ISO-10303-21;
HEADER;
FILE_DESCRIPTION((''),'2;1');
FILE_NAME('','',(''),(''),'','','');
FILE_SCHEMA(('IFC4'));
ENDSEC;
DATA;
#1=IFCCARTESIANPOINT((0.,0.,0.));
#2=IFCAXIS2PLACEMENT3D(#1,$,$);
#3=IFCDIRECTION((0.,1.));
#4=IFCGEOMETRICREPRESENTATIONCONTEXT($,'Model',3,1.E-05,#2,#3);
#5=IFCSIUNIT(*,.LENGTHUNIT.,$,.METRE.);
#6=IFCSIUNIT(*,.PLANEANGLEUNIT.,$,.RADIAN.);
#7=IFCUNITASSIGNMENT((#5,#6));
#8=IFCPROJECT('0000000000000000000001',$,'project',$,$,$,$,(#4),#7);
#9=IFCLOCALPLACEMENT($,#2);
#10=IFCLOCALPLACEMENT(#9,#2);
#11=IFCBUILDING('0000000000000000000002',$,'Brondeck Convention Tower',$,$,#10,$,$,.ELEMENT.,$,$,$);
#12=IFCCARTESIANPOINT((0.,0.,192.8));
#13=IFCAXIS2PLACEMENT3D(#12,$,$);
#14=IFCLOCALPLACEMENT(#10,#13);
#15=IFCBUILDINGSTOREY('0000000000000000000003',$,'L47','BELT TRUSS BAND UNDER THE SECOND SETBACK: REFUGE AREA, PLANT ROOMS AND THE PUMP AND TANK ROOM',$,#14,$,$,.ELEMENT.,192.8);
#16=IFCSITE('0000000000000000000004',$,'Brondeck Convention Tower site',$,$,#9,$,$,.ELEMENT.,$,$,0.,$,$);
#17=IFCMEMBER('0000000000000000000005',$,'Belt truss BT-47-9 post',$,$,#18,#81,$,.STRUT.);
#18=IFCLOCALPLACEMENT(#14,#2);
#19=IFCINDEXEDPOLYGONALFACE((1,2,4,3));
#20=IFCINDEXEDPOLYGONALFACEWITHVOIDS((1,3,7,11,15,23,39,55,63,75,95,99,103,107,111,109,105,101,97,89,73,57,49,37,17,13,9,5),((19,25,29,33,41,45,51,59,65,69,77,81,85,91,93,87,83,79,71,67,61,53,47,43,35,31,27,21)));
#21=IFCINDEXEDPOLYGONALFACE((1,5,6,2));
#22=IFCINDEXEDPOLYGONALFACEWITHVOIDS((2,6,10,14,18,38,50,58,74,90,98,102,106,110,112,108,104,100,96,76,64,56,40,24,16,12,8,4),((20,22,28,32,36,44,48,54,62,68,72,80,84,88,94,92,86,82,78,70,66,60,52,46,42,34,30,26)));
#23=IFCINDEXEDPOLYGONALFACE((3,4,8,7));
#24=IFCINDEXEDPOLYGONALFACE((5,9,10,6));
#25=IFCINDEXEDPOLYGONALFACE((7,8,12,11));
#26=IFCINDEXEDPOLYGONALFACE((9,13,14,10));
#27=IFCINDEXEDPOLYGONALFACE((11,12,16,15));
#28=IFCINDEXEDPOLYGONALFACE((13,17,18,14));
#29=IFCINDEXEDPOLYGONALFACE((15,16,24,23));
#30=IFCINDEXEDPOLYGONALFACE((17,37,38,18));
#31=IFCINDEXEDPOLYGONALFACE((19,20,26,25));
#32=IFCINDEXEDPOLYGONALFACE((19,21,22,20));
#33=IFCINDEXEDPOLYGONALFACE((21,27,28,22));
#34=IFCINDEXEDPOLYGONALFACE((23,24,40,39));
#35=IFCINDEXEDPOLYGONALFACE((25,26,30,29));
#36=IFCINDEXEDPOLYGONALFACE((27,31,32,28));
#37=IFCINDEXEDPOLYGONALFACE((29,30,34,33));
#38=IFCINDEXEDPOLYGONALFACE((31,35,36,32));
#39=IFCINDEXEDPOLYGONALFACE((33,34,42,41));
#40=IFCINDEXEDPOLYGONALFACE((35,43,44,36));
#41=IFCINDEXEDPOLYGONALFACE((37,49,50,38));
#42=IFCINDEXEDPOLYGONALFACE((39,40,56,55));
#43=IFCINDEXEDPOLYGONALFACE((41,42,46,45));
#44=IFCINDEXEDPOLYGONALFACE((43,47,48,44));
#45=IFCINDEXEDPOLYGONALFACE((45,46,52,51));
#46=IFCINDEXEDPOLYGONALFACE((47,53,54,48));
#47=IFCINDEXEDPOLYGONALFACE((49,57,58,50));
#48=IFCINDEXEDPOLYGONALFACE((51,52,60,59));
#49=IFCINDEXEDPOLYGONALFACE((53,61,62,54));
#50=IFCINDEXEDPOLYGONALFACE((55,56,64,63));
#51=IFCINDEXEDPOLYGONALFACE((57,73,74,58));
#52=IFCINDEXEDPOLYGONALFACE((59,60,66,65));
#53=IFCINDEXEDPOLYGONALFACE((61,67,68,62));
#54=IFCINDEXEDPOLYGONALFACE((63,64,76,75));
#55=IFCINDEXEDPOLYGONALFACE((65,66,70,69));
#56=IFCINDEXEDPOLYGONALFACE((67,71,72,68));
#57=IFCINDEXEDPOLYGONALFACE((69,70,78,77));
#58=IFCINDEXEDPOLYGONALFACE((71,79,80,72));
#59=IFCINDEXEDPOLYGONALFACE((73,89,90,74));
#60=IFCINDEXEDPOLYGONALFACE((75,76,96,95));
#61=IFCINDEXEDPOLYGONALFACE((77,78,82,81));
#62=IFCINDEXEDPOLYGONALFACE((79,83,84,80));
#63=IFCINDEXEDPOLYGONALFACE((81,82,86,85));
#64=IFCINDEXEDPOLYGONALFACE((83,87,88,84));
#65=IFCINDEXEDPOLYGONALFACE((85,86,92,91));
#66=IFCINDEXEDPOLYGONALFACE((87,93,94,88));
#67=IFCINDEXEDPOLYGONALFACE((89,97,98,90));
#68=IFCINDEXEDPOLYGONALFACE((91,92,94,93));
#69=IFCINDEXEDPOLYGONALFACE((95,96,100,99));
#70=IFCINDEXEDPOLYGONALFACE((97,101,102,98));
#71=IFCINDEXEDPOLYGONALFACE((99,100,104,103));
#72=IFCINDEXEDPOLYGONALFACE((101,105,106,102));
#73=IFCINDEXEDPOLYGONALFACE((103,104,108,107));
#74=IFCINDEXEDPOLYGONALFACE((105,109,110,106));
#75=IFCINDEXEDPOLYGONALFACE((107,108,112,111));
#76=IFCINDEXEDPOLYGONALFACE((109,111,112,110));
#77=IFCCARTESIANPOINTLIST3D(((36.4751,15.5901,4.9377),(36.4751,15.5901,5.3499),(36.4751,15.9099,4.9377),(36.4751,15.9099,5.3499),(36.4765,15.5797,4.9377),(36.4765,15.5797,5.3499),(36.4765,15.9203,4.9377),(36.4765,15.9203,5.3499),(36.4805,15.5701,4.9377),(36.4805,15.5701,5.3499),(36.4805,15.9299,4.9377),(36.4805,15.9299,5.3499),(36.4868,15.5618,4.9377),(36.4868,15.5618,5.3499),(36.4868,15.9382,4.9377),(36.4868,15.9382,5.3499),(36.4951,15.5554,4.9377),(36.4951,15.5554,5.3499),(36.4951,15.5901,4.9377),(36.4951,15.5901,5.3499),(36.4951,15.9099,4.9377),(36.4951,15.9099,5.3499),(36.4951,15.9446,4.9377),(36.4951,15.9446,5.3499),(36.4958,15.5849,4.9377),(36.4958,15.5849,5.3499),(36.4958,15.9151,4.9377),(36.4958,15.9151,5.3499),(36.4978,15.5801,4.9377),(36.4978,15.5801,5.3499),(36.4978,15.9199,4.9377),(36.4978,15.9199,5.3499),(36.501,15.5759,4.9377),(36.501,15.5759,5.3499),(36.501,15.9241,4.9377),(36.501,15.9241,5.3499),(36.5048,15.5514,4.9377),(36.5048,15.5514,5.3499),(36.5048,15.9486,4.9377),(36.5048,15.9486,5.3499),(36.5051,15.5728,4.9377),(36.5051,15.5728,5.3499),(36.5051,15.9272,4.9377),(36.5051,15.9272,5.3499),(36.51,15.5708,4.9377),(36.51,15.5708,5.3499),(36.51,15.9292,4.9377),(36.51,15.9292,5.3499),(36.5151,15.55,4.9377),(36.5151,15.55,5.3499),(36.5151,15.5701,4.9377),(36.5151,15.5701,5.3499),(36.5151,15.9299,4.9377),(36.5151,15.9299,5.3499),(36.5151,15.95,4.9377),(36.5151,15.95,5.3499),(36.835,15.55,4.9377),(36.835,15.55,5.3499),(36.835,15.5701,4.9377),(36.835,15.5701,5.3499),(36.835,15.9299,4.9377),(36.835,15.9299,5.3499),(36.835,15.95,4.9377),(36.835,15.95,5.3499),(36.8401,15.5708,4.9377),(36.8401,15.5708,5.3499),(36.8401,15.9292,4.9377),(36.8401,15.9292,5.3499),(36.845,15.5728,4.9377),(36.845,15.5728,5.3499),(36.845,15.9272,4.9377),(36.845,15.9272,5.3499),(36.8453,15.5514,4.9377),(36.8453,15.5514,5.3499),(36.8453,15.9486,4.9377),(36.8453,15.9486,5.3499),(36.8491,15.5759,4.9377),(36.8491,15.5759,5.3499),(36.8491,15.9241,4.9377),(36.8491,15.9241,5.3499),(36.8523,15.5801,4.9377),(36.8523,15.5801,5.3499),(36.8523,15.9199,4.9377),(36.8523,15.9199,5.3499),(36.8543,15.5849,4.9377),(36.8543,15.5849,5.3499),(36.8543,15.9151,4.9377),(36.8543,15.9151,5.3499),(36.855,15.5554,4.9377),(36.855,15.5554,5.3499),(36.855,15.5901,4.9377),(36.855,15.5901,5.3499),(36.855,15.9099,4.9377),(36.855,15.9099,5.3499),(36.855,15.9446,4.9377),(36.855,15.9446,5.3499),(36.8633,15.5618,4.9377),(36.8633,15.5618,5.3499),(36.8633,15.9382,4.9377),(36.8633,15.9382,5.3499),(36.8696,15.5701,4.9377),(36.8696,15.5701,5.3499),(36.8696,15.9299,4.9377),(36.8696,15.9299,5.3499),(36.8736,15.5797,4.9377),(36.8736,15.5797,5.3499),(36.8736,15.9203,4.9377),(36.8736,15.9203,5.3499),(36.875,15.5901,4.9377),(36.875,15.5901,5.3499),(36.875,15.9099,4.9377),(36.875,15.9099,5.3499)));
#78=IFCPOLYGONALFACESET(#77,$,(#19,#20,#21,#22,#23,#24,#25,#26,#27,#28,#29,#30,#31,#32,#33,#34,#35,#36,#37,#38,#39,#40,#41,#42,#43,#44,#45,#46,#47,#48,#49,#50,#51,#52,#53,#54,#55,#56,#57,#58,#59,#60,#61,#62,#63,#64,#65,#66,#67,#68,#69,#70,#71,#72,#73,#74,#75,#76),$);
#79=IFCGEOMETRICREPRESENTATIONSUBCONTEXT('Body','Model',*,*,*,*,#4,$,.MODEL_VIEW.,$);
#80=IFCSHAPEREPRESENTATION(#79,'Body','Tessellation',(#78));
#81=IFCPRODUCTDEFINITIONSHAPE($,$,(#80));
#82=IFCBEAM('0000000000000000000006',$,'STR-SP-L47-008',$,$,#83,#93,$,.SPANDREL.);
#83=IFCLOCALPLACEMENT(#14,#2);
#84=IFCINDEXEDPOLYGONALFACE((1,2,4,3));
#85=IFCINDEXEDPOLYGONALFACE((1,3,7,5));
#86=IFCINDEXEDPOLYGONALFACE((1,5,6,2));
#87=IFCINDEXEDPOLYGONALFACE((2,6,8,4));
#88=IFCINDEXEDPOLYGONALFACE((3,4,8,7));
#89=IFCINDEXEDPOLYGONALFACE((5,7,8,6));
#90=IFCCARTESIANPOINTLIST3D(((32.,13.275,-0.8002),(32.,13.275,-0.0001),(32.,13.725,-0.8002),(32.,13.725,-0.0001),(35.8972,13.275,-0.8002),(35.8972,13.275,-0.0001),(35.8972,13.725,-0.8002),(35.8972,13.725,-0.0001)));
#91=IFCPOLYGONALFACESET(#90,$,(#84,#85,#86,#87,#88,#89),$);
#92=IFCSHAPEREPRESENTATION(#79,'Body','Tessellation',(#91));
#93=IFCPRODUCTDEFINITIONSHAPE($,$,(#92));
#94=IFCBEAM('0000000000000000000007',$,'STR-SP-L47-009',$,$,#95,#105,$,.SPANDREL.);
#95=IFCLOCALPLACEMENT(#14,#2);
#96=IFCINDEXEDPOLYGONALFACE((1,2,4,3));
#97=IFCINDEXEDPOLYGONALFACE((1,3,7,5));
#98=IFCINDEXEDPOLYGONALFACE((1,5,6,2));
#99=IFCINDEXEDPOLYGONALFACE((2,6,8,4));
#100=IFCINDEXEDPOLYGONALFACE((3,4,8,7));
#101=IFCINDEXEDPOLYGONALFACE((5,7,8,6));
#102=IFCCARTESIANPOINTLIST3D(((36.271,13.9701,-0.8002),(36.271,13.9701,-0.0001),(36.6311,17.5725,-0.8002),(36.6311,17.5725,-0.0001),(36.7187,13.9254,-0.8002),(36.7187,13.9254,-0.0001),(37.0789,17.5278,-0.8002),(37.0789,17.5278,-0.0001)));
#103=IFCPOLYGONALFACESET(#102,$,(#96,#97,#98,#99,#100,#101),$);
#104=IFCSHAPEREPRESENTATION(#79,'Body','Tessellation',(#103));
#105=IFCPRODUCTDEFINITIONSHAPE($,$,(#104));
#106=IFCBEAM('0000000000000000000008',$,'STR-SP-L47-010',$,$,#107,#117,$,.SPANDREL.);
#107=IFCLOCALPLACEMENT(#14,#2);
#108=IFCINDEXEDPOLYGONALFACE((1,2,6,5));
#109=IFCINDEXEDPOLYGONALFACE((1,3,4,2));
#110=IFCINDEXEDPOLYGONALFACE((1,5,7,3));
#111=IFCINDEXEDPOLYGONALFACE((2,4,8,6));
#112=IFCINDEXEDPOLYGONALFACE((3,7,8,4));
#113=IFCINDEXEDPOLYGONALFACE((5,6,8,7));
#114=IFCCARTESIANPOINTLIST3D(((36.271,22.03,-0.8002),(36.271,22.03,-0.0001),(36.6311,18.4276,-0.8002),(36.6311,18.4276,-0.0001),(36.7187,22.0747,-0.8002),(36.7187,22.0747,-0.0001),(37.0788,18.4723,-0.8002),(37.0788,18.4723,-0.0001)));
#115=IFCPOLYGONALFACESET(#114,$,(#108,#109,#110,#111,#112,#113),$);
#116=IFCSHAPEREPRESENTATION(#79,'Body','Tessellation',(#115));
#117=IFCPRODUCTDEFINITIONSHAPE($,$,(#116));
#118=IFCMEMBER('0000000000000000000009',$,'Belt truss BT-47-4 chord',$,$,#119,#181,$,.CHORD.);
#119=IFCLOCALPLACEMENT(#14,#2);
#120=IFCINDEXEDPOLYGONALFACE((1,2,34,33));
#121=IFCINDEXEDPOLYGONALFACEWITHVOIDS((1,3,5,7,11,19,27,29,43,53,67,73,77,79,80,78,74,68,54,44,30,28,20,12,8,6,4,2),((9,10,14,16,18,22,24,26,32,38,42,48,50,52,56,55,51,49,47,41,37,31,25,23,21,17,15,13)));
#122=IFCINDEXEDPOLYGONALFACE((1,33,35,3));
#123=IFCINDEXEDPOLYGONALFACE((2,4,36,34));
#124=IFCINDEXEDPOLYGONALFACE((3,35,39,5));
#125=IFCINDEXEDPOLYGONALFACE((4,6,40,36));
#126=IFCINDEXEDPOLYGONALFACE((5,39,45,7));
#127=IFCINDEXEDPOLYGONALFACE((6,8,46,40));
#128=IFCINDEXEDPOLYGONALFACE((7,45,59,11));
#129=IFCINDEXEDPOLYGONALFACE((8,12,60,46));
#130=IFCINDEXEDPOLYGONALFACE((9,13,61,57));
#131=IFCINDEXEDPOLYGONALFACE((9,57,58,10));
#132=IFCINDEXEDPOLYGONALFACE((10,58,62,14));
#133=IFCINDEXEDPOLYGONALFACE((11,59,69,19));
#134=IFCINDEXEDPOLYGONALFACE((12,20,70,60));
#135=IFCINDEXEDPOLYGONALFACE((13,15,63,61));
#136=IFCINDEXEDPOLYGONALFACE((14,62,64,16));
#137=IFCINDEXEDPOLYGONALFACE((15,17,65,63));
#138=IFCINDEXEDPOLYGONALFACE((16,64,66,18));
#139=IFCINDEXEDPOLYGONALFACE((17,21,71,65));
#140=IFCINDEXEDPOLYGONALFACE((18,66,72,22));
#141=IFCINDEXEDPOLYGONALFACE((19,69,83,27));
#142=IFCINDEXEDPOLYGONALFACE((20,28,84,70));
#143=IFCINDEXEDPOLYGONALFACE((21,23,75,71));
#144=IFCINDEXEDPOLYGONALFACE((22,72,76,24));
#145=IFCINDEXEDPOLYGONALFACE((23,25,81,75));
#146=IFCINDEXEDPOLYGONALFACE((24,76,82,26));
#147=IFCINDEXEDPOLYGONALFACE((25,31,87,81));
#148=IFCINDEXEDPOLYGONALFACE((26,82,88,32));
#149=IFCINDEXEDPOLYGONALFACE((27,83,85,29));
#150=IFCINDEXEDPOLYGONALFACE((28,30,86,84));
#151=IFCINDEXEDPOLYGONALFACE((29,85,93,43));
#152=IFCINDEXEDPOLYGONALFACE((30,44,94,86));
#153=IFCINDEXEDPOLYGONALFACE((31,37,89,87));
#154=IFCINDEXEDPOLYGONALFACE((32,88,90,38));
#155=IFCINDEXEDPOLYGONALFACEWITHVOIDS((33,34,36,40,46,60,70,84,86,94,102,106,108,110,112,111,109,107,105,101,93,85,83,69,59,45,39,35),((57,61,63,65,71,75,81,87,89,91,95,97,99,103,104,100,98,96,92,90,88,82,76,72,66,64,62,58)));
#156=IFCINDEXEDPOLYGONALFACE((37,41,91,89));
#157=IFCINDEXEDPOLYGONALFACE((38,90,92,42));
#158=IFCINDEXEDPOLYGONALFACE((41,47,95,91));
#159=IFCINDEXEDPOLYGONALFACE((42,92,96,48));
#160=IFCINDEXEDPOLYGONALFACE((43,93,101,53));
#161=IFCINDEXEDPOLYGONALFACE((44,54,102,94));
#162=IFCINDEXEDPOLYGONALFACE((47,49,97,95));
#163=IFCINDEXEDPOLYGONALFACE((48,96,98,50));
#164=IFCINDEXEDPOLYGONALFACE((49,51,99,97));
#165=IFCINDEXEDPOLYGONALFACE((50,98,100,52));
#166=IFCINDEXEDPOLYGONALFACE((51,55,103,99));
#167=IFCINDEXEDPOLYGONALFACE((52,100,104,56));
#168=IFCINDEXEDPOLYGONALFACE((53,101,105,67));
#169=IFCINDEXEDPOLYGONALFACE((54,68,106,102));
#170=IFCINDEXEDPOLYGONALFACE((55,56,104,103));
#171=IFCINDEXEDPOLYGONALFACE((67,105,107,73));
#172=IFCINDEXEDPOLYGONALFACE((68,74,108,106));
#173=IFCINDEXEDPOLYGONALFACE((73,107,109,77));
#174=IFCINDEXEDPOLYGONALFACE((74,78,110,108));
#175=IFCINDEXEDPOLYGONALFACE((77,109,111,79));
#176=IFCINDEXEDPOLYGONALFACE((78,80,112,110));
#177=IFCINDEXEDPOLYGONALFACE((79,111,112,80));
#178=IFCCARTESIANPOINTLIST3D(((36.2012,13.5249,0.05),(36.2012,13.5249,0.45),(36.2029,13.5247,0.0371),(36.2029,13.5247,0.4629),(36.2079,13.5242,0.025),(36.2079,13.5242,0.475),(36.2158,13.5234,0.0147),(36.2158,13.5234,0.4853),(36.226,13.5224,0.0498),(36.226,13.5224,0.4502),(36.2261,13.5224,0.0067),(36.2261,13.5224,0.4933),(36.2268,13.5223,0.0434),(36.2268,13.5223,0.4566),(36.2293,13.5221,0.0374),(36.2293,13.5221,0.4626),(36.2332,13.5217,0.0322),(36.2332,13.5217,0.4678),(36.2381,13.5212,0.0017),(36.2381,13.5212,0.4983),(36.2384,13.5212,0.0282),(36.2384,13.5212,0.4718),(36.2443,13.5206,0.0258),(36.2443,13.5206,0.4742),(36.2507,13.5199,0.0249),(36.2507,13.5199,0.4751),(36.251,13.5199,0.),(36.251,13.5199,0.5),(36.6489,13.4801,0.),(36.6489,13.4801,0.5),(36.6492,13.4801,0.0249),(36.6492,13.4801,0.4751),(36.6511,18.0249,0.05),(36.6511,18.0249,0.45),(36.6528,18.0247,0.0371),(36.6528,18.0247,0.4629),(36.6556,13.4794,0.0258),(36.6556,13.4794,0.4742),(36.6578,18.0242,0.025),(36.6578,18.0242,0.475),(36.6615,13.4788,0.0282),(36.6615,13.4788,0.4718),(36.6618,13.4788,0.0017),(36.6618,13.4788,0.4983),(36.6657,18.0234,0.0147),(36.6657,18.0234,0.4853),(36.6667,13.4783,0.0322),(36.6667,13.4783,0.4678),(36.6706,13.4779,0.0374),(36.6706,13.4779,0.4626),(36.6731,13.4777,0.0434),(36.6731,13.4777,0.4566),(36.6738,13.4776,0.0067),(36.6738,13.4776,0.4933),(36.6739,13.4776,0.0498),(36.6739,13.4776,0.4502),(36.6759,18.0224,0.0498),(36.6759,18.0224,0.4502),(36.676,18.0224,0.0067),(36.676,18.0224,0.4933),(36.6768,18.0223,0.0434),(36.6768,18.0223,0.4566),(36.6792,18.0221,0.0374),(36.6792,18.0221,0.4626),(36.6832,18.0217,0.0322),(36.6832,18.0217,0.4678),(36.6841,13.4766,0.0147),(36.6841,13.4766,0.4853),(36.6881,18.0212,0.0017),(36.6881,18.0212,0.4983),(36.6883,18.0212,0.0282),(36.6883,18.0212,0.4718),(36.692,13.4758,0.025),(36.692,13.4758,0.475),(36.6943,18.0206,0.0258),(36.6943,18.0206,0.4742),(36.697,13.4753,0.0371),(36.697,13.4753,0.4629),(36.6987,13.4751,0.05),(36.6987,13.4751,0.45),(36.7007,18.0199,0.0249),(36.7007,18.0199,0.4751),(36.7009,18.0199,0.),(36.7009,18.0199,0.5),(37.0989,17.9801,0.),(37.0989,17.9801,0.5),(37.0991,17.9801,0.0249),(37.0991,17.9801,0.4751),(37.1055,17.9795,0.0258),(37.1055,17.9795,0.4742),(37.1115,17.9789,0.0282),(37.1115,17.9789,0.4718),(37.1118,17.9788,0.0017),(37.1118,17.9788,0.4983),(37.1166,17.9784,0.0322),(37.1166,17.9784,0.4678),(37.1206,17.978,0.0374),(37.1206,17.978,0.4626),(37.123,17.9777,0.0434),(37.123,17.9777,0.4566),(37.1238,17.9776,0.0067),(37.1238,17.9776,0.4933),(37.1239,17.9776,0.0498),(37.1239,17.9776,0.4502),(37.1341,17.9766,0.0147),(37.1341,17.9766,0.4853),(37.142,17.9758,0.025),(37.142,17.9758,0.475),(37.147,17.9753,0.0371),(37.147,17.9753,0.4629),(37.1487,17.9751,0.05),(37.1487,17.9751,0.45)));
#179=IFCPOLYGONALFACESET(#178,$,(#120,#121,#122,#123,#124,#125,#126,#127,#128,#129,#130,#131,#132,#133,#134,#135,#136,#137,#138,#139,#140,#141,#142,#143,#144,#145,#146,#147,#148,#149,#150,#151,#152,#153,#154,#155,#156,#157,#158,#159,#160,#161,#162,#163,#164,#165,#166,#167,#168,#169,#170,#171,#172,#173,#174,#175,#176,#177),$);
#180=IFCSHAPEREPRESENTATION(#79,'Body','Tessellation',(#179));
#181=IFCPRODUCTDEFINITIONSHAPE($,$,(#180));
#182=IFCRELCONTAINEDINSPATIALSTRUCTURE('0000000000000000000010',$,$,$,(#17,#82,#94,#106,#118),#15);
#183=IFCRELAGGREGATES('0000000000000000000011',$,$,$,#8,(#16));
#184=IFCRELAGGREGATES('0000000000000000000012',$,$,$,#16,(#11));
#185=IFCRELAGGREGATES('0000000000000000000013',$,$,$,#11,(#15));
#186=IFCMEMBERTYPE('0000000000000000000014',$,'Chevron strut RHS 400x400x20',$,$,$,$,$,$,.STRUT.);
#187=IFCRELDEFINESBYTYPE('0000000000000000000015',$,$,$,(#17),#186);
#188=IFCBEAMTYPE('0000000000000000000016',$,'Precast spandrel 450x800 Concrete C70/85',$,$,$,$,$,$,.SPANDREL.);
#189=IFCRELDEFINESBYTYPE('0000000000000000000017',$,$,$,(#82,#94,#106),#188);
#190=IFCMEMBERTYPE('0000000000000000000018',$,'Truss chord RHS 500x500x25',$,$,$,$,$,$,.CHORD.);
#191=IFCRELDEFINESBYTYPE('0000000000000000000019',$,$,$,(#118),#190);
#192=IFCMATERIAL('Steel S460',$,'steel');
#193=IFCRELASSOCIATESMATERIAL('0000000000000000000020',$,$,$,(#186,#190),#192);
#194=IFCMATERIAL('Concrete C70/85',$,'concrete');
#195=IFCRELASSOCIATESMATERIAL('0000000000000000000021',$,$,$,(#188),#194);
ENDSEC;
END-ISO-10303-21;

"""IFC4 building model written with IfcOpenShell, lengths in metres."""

from ifc_helpers import new_model, si_unit, direction, frame, origin, origin_2d, place, context, subcontext, project, spatial, rectangle, hollow_rectangle, extrude, material, material_profile, profile_set, type_object, element, save


model = new_model("IFC4")

# Units and contexts
model_context = context("Model", 3, precision=1e-05, world=origin(), true_north=direction((0.0, 1.0)))
body_context = subcontext(model_context, "Body", "Model", "MODEL_VIEW")
ifc_project = project(units=[si_unit("LENGTHUNIT", "METRE"), si_unit("PLANEANGLEUNIT", "RADIAN")], contexts=[model_context])

# Site, building, storey
site_placement = place(None, origin())
site = spatial("IfcSite", under=ifc_project, at=site_placement, Name="Brondeck Convention Tower site", CompositionType="ELEMENT", RefElevation=0.0)
building_placement = place(site_placement, origin())
building = spatial("IfcBuilding", under=site, at=building_placement, Name="Brondeck Convention Tower", CompositionType="ELEMENT")
storey_placement = place(building_placement, frame((0.0, 0.0, 192.8)))
storey = spatial("IfcBuildingStorey", under=building, at=storey_placement, Name="L47", Description="BELT TRUSS BAND UNDER THE SECOND SETBACK: REFUGE AREA, PLANT ROOMS AND THE PUMP AND TANK ROOM", CompositionType="ELEMENT", Elevation=192.8)

# Shared definitions
ifc_material_1 = material(Name="Concrete C70/85", Category="concrete")

# Member
ifc_material_2 = material(Name="Steel S460", Category="steel")
ifc_material_profile_1 = material_profile(ifc_material_2, hollow_rectangle(XDim=0.3999, YDim=0.3999, WallThickness=0.02, InnerFilletRadius=0.02, OuterFilletRadius=0.04, at=origin_2d()), Name="RHS 400x400x20")
ifc_profile_set_1 = profile_set([ifc_material_profile_1], Name="Steel S460")
member_type_1 = type_object("IfcMemberType", Name="Chevron strut RHS 400x400x20", PredefinedType="STRUT", material=ifc_profile_set_1)
member_1_placement = place(storey_placement, frame((36.675, 15.75, 4.9377), z_axis=(0.0, 0.0, 1.0), x_axis=(1.0, 0.0, 0.0)))
element("IfcMember", 1, at=member_1_placement, inside=storey, type_object=member_type_1, Name="Belt truss BT-47-9 post", PredefinedType="STRUT", context=body_context, shape_type="SweptSolid", body=[
    extrude(hollow_rectangle(XDim=0.3999, YDim=0.3999, WallThickness=0.02, InnerFilletRadius=0.02, OuterFilletRadius=0.04, at=origin_2d()), origin(), (0.0, 0.0, 1.0), 0.4121),
])

# Beams
ifc_material_profile_2 = material_profile(ifc_material_1, rectangle(XDim=0.45, YDim=0.8, at=origin_2d()), Name="Precast spandrel 450x800 Concrete C70/85")
ifc_profile_set_2 = profile_set([ifc_material_profile_2], Name="Concrete C70/85")
beam_type = type_object("IfcBeamType", Name="Precast spandrel 450x800 Concrete C70/85", PredefinedType="SPANDREL", material=ifc_profile_set_2)
beam_placement = place(storey_placement, frame((32.0, 13.5, -0.4001), z_axis=(1.0, 0.0, 0.0), x_axis=(0.0, 1.0, 0.0)))
element("IfcBeam", 2, at=beam_placement, inside=storey, type_object=beam_type, Name="STR-SP-L47-008", PredefinedType="SPANDREL", context=body_context, shape_type="SweptSolid", body=[
    extrude(rectangle(XDim=0.45, YDim=0.8, at=origin_2d()), origin(), (0.0, 0.0, 1.0), 3.8972),
])
for number, where, z_axis, x_axis, name in (
    (3, (36.4949, 13.9478, -0.4001), (0.09947, 0.995041, 0.0), (-0.995041, 0.09947, 0.0), "STR-SP-L47-009"),
    (4, (36.855, 18.45, -0.4001), (-0.09947, 0.995041, 0.0), (-0.995041, -0.09947, 0.0), "STR-SP-L47-010"),
):
    element("IfcBeam", number, at=place(storey_placement, frame(where, z_axis=z_axis, x_axis=x_axis)), inside=storey, type_object=beam_type, Name=name, PredefinedType="SPANDREL", context=body_context, shape_type="SweptSolid", body=[
        extrude(rectangle(XDim=0.45, YDim=0.8, at=origin_2d()), origin(), (0.0, 0.0, 1.0), 3.6204),
    ])

# Member
ifc_material_profile_3 = material_profile(ifc_material_2, hollow_rectangle(XDim=0.5, YDim=0.5, WallThickness=0.0249, InnerFilletRadius=0.0249, OuterFilletRadius=0.05, at=origin_2d()), Name="RHS 500x500x25")
ifc_profile_set_3 = profile_set([ifc_material_profile_3], Name="Steel S460")
member_type_2 = type_object("IfcMemberType", Name="Truss chord RHS 500x500x25", PredefinedType="CHORD", material=ifc_profile_set_3)
member_2_placement = place(storey_placement, frame((36.45, 13.5, 0.25), z_axis=(0.099493, 0.995038, 0.0), x_axis=(-0.995038, 0.099493, 0.0)))
element("IfcMember", 5, at=member_2_placement, inside=storey, type_object=member_type_2, Name="Belt truss BT-47-4 chord", PredefinedType="CHORD", context=body_context, shape_type="SweptSolid", body=[
    extrude(hollow_rectangle(XDim=0.5, YDim=0.5, WallThickness=0.0249, InnerFilletRadius=0.0249, OuterFilletRadius=0.05, at=origin_2d()), origin(), (0.0, 0.0, 1.0), 4.5225),
])

save(model, "model.ifc")
